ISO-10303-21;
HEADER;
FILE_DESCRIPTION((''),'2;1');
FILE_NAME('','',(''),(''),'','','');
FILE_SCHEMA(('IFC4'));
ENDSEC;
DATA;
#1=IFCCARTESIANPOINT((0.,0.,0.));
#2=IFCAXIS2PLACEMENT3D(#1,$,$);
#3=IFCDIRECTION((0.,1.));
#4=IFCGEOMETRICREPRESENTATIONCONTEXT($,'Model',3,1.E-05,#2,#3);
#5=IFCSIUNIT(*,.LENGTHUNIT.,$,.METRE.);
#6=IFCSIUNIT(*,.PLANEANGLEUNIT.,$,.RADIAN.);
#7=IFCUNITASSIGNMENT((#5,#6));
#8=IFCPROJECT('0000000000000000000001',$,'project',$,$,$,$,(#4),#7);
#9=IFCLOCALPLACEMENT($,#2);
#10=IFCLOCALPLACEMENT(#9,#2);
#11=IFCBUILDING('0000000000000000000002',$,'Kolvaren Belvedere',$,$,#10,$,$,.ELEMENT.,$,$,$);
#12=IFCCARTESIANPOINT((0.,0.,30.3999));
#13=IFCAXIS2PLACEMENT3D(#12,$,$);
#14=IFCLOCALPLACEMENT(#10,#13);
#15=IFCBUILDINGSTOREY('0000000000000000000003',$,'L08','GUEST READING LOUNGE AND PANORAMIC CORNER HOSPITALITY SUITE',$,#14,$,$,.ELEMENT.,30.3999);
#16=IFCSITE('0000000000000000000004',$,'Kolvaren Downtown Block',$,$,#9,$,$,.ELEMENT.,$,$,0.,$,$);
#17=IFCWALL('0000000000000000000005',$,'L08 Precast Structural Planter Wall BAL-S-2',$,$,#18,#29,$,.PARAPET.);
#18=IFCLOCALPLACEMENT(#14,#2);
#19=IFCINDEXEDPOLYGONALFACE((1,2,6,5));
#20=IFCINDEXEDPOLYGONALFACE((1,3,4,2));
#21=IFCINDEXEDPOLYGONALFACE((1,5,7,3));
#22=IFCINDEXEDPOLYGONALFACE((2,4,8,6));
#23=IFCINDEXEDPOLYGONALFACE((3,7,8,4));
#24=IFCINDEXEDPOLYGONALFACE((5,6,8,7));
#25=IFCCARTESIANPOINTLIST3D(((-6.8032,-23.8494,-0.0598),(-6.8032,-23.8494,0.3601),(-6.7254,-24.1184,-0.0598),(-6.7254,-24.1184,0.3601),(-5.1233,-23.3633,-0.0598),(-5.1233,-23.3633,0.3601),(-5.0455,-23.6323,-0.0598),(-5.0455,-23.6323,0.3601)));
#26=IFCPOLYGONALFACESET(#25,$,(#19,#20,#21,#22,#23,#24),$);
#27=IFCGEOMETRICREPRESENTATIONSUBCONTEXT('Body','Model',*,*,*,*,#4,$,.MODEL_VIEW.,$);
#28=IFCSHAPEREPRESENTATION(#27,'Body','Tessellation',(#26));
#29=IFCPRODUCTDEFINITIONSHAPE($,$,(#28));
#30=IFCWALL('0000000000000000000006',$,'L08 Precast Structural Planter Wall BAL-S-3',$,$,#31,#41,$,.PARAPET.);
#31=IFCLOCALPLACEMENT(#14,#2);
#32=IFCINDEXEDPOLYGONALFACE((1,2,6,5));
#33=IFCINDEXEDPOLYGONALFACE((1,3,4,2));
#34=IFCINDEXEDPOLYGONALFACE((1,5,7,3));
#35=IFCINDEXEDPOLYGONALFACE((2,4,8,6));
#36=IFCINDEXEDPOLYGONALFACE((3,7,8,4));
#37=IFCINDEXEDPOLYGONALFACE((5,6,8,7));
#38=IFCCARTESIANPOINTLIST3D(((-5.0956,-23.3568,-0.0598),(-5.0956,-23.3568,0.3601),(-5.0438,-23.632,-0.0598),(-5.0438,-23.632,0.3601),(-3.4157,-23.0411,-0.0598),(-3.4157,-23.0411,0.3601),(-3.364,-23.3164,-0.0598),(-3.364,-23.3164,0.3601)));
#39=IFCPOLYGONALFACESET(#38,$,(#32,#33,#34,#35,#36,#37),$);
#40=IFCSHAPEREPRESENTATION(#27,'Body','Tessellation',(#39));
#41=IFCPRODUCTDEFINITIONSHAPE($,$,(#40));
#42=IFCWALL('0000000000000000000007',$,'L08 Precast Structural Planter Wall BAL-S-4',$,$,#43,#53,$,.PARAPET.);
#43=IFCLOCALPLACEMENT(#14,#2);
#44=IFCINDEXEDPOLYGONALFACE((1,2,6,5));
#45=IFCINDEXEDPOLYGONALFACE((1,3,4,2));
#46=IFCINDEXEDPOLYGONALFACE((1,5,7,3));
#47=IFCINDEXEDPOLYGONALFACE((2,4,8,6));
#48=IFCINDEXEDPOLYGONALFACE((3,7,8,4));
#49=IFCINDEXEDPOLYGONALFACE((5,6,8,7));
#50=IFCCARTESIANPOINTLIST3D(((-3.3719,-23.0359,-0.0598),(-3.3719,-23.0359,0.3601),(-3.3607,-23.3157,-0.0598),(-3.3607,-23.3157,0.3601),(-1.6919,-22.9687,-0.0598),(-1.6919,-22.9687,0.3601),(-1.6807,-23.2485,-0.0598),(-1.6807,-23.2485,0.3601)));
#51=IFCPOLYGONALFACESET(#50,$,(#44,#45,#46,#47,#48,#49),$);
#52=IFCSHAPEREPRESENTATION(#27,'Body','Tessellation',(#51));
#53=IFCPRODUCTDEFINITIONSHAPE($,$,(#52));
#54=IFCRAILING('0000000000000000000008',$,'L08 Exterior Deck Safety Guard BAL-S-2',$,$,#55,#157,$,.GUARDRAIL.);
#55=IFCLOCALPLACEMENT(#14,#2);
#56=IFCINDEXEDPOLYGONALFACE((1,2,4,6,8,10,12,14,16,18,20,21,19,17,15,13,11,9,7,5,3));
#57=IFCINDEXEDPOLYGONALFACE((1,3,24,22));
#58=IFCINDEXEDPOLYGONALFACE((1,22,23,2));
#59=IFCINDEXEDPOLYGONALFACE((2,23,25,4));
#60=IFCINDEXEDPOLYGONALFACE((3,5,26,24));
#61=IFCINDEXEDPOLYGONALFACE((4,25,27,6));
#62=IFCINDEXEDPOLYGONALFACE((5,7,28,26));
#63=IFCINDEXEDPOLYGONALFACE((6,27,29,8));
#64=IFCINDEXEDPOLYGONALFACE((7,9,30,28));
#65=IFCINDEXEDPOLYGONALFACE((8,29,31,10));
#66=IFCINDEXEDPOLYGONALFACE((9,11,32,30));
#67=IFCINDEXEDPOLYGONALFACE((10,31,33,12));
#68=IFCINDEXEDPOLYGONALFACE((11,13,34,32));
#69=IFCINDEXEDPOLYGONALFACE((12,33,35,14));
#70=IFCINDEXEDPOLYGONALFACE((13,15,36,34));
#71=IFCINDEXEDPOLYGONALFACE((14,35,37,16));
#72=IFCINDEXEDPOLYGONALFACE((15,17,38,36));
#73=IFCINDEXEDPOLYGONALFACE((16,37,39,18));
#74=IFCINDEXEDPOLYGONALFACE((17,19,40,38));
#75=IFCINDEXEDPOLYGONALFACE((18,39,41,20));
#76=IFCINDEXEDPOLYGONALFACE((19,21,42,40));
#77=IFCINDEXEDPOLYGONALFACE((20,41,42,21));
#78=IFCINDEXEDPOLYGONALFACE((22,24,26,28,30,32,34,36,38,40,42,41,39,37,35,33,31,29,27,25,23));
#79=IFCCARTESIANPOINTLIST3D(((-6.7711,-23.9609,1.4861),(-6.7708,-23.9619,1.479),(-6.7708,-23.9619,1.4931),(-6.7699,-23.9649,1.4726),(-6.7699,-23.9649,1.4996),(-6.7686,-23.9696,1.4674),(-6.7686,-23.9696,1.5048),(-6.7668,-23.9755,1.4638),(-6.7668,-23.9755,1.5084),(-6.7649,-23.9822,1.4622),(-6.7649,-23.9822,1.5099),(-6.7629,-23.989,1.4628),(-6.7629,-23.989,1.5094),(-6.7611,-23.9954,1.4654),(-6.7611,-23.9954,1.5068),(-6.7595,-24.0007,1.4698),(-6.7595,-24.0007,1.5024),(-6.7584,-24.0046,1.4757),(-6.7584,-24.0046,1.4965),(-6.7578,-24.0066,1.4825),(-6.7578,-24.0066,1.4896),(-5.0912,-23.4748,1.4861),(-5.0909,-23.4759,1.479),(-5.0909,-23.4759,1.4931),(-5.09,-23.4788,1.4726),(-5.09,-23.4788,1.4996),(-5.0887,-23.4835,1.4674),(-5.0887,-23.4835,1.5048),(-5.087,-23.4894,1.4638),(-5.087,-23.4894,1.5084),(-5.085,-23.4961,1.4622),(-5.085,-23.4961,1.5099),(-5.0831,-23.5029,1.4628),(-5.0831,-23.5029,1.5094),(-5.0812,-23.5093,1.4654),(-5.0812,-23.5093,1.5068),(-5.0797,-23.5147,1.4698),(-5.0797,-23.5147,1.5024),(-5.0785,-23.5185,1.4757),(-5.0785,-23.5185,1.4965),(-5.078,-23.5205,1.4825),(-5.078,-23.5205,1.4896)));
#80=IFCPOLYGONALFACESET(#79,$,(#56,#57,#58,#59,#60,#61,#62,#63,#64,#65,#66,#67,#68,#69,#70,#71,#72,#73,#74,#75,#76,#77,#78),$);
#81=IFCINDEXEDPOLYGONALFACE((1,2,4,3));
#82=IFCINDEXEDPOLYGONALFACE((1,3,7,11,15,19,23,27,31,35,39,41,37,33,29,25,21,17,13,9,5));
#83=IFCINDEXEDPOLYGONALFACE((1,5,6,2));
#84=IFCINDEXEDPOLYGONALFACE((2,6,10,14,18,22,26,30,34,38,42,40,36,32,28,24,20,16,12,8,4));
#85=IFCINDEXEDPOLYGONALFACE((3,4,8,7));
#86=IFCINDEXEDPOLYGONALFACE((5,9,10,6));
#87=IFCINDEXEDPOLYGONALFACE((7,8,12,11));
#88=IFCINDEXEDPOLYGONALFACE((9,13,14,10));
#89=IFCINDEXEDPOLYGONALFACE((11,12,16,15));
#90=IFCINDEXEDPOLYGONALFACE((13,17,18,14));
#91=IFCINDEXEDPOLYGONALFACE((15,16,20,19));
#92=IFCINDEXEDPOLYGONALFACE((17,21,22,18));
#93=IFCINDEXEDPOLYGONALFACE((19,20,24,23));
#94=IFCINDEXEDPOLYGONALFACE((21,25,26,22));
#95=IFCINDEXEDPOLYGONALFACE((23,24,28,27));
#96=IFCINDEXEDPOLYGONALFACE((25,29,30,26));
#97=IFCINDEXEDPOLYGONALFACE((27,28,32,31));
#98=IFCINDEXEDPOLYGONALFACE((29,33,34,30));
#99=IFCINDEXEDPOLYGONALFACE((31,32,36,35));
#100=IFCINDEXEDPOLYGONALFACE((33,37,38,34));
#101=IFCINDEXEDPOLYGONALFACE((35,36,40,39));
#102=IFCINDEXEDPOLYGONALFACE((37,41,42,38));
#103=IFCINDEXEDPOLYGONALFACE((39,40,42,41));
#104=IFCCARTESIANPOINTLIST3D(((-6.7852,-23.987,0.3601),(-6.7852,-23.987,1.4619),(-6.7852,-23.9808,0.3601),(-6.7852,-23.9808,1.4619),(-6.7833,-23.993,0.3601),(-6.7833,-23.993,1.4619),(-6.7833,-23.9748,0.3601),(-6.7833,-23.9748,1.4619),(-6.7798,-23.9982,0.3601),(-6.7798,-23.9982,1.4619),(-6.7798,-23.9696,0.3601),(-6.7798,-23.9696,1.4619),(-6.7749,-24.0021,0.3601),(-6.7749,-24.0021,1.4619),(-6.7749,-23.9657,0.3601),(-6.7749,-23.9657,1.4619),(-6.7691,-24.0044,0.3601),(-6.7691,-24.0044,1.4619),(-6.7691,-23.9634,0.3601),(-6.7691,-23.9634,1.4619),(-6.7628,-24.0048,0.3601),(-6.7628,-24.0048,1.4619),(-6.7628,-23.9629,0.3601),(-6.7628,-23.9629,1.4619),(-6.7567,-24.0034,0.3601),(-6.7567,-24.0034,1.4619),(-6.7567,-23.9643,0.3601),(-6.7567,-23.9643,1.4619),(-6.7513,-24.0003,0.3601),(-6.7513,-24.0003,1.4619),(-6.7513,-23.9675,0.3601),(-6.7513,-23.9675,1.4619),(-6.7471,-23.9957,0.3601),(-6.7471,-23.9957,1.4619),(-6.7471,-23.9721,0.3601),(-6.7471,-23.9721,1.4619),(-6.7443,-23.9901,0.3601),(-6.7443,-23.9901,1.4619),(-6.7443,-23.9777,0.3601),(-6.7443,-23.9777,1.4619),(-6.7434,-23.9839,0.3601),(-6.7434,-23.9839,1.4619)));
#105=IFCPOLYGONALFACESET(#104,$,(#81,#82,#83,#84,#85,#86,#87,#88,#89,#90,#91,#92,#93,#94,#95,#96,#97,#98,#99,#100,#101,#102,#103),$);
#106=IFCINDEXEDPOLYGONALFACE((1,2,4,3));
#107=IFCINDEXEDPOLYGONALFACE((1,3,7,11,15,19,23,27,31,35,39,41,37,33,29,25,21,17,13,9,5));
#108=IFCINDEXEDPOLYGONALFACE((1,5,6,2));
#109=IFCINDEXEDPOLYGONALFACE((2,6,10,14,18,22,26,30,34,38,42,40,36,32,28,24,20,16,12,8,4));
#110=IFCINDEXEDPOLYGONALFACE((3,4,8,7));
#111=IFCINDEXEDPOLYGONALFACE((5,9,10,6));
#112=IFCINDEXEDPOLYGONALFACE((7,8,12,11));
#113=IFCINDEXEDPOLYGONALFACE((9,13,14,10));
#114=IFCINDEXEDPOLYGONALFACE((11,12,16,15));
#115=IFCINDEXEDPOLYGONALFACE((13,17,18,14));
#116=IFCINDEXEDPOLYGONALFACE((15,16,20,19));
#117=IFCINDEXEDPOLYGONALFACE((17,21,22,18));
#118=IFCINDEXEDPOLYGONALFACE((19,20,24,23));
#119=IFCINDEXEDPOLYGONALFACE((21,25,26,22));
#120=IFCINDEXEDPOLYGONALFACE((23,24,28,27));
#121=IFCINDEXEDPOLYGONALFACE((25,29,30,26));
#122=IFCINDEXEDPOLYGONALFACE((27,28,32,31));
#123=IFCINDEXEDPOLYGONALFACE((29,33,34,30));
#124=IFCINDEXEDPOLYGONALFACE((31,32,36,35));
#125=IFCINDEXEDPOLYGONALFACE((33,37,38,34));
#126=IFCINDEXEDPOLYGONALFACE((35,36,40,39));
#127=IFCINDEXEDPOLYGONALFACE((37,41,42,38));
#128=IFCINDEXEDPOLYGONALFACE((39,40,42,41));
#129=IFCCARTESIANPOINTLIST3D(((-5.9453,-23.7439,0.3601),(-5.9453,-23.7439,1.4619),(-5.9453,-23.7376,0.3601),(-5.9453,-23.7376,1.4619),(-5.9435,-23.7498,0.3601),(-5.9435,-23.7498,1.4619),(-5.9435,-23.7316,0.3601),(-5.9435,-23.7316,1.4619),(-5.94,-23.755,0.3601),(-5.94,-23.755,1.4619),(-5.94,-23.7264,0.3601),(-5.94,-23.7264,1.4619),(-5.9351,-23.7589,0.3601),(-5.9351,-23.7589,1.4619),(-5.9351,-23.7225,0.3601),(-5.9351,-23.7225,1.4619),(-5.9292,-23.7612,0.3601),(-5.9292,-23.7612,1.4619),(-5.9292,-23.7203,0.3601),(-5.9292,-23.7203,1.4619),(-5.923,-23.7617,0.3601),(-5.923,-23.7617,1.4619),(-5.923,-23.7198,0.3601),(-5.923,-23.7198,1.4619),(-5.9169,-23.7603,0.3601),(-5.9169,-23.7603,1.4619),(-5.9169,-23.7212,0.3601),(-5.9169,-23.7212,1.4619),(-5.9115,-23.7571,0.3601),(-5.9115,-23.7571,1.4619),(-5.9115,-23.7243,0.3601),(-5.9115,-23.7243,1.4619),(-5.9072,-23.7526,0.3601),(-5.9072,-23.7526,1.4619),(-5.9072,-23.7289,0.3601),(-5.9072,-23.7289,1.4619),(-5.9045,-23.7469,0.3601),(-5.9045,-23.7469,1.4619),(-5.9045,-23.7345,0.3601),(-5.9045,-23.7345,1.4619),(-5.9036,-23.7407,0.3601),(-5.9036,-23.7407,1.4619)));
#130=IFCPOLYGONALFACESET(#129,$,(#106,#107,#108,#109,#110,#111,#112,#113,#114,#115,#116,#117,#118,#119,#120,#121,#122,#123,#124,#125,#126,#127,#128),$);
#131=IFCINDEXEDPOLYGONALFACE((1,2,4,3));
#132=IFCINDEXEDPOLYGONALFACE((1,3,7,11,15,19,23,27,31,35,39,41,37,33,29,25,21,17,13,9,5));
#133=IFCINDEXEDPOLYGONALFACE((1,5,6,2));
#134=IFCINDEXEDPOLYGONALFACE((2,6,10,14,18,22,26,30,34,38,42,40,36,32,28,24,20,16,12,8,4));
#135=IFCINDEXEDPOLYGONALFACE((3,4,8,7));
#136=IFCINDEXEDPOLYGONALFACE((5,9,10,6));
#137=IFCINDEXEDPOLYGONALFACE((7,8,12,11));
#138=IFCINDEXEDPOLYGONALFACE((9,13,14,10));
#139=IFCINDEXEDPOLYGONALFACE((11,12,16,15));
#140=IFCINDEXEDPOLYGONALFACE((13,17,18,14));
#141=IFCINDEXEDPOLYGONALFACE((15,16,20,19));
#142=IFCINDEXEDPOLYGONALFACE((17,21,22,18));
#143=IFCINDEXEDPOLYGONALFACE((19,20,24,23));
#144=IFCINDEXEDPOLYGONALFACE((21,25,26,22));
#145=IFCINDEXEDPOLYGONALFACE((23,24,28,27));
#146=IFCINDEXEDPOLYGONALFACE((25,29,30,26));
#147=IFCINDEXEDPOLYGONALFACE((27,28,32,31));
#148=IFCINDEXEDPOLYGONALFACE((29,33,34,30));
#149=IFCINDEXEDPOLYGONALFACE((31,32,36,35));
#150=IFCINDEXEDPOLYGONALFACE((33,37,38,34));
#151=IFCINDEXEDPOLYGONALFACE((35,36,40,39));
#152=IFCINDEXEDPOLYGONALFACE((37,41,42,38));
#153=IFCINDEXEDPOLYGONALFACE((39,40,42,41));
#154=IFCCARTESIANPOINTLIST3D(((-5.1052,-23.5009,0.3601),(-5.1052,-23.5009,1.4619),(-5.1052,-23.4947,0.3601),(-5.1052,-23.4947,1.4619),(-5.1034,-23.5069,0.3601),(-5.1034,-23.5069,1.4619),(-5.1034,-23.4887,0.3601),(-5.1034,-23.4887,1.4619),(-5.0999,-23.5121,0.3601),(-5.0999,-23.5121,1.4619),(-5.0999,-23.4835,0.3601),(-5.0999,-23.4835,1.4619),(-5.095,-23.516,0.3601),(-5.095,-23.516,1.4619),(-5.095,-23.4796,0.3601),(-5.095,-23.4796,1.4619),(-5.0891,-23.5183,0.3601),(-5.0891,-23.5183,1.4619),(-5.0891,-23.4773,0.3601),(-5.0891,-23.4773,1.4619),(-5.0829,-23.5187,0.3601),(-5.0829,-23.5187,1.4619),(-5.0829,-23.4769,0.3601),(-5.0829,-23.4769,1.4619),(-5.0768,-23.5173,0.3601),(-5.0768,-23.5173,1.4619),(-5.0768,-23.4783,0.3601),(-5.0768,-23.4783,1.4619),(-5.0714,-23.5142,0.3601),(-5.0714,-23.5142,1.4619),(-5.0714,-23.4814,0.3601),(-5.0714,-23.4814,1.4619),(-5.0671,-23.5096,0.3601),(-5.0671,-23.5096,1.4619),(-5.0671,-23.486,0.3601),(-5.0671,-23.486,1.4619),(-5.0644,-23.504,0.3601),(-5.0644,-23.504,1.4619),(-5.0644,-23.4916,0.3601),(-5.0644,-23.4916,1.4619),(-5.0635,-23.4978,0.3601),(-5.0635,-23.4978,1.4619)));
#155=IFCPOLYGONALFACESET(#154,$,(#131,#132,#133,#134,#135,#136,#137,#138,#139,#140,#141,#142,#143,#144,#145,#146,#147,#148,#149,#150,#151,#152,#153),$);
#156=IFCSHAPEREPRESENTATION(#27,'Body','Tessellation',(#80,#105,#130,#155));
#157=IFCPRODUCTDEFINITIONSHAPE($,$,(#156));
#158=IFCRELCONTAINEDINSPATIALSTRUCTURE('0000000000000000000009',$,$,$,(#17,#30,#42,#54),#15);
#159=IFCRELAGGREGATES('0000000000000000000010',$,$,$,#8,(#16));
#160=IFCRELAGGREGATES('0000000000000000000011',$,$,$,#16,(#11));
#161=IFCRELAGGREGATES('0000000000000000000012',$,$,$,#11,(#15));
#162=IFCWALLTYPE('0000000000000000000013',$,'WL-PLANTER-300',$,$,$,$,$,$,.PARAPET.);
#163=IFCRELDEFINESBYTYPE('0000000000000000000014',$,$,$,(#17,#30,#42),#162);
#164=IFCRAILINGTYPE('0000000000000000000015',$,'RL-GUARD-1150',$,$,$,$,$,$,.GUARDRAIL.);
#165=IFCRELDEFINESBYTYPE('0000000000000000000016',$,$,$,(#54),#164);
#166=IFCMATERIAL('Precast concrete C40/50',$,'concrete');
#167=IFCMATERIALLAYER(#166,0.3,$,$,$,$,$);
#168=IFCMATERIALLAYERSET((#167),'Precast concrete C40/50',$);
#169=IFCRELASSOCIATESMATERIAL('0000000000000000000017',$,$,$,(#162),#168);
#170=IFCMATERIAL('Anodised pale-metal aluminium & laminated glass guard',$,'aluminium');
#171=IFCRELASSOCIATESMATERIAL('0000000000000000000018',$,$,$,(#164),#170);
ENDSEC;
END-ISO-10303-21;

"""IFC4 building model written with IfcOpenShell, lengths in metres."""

from ifc_helpers import new_model, si_unit, direction, frame, frame_2d, origin, origin_2d, place, context, subcontext, project, spatial, rectangle, circle, extrude, material, layer, layer_set, type_object, element, save


model = new_model("IFC4")

# Units and contexts
model_context = context("Model", 3, precision=1e-05, world=origin(), true_north=direction((0.0, 1.0)))
body_context = subcontext(model_context, "Body", "Model", "MODEL_VIEW")
ifc_project = project(units=[si_unit("LENGTHUNIT", "METRE"), si_unit("PLANEANGLEUNIT", "RADIAN")], contexts=[model_context])

# Site, building, storey
site_placement = place(None, origin())
site = spatial("IfcSite", under=ifc_project, at=site_placement, Name="Kolvaren Downtown Block", CompositionType="ELEMENT", RefElevation=0.0)
building_placement = place(site_placement, origin())
building = spatial("IfcBuilding", under=site, at=building_placement, Name="Kolvaren Belvedere", CompositionType="ELEMENT")
storey_placement = place(building_placement, frame((0.0, 0.0, 30.3999)))
storey = spatial("IfcBuildingStorey", under=building, at=storey_placement, Name="L08", Description="GUEST READING LOUNGE AND PANORAMIC CORNER HOSPITALITY SUITE", CompositionType="ELEMENT", Elevation=30.3999)

# Walls
ifc_material_1 = material(Name="Precast concrete C40/50", Category="concrete")
ifc_layer_1 = layer(ifc_material_1, 0.3)
ifc_layer_set_1 = layer_set([ifc_layer_1], Name="Precast concrete C40/50")
wall_type_1 = type_object("IfcWallType", Name="WL-PLANTER-300", PredefinedType="PARAPET", material=ifc_layer_set_1)
wall_1_placement = place(storey_placement, frame((-6.7644, -23.9839, -0.0598), z_axis=(0.0, 0.0, 1.0), x_axis=(0.960597, 0.277946, 0.0)))
element("IfcWall", 1, at=wall_1_placement, inside=storey, type_object=wall_type_1, Name="L08 Precast Structural Planter Wall BAL-S-2", PredefinedType="PARAPET", context=body_context, shape_type="SweptSolid", body=[
    extrude(rectangle(XDim=1.7488, YDim=0.28, at=frame_2d((0.8745, 0.0))), origin(), (0.0, 0.0, 1.0), 0.4199),
])
wall_2_placement = place(storey_placement, frame((-5.0696, -23.4944, -0.0598), z_axis=(0.0, 0.0, 1.0), x_axis=(0.982799, 0.184677, 0.0)))
element("IfcWall", 2, at=wall_2_placement, inside=storey, type_object=wall_type_1, Name="L08 Precast Structural Planter Wall BAL-S-3", PredefinedType="PARAPET", context=body_context, shape_type="SweptSolid", body=[
    extrude(rectangle(XDim=1.7092, YDim=0.28, at=frame_2d((0.8545, 0.0))), origin(), (0.0, 0.0, 1.0), 0.4199),
])
wall_3_placement = place(storey_placement, frame((-3.3665, -23.1758, -0.0598), z_axis=(0.0, 0.0, 1.0), x_axis=(0.999203, 0.039927, 0.0)))
element("IfcWall", 3, at=wall_3_placement, inside=storey, type_object=wall_type_1, Name="L08 Precast Structural Planter Wall BAL-S-4", PredefinedType="PARAPET", context=body_context, shape_type="SweptSolid", body=[
    extrude(rectangle(XDim=1.6814, YDim=0.28, at=frame_2d((0.8408, 0.0))), origin(), (0.0, 0.0, 1.0), 0.4199),
])

# Railing
ifc_material_2 = material(Name="Anodised pale-metal aluminium & laminated glass guard", Category="aluminium")
railing_type = type_object("IfcRailingType", Name="RL-GUARD-1150", PredefinedType="GUARDRAIL", material=ifc_material_2)
railing_1_placement = place(storey_placement, frame((-6.7644, -23.9839, 0.3601)))
element("IfcRailing", 4, at=railing_1_placement, inside=storey, type_object=railing_type, Name="L08 Exterior Deck Safety Guard BAL-S-2", PredefinedType="GUARDRAIL", context=body_context, shape_type="SweptSolid", body=[
    extrude(circle(Radius=0.0239, at=origin_2d()), frame((0.0, 0.0, 1.126), z_axis=(0.960597, 0.277946, 0.0), x_axis=(-0.277946, 0.960597, 0.0)), (0.0, 0.0, 1.0), 1.7488),
    extrude(circle(Radius=0.021, at=origin_2d()), origin(), (0.0, 0.0, 1.0), 1.1018),
    extrude(circle(Radius=0.021, at=origin_2d()), frame((0.8398, 0.2432, 0.0)), (0.0, 0.0, 1.0), 1.1018),
    extrude(circle(Radius=0.021, at=origin_2d()), frame((1.6799, 0.4861, 0.0)), (0.0, 0.0, 1.0), 1.1018),
])

save(model, "model.ifc")
